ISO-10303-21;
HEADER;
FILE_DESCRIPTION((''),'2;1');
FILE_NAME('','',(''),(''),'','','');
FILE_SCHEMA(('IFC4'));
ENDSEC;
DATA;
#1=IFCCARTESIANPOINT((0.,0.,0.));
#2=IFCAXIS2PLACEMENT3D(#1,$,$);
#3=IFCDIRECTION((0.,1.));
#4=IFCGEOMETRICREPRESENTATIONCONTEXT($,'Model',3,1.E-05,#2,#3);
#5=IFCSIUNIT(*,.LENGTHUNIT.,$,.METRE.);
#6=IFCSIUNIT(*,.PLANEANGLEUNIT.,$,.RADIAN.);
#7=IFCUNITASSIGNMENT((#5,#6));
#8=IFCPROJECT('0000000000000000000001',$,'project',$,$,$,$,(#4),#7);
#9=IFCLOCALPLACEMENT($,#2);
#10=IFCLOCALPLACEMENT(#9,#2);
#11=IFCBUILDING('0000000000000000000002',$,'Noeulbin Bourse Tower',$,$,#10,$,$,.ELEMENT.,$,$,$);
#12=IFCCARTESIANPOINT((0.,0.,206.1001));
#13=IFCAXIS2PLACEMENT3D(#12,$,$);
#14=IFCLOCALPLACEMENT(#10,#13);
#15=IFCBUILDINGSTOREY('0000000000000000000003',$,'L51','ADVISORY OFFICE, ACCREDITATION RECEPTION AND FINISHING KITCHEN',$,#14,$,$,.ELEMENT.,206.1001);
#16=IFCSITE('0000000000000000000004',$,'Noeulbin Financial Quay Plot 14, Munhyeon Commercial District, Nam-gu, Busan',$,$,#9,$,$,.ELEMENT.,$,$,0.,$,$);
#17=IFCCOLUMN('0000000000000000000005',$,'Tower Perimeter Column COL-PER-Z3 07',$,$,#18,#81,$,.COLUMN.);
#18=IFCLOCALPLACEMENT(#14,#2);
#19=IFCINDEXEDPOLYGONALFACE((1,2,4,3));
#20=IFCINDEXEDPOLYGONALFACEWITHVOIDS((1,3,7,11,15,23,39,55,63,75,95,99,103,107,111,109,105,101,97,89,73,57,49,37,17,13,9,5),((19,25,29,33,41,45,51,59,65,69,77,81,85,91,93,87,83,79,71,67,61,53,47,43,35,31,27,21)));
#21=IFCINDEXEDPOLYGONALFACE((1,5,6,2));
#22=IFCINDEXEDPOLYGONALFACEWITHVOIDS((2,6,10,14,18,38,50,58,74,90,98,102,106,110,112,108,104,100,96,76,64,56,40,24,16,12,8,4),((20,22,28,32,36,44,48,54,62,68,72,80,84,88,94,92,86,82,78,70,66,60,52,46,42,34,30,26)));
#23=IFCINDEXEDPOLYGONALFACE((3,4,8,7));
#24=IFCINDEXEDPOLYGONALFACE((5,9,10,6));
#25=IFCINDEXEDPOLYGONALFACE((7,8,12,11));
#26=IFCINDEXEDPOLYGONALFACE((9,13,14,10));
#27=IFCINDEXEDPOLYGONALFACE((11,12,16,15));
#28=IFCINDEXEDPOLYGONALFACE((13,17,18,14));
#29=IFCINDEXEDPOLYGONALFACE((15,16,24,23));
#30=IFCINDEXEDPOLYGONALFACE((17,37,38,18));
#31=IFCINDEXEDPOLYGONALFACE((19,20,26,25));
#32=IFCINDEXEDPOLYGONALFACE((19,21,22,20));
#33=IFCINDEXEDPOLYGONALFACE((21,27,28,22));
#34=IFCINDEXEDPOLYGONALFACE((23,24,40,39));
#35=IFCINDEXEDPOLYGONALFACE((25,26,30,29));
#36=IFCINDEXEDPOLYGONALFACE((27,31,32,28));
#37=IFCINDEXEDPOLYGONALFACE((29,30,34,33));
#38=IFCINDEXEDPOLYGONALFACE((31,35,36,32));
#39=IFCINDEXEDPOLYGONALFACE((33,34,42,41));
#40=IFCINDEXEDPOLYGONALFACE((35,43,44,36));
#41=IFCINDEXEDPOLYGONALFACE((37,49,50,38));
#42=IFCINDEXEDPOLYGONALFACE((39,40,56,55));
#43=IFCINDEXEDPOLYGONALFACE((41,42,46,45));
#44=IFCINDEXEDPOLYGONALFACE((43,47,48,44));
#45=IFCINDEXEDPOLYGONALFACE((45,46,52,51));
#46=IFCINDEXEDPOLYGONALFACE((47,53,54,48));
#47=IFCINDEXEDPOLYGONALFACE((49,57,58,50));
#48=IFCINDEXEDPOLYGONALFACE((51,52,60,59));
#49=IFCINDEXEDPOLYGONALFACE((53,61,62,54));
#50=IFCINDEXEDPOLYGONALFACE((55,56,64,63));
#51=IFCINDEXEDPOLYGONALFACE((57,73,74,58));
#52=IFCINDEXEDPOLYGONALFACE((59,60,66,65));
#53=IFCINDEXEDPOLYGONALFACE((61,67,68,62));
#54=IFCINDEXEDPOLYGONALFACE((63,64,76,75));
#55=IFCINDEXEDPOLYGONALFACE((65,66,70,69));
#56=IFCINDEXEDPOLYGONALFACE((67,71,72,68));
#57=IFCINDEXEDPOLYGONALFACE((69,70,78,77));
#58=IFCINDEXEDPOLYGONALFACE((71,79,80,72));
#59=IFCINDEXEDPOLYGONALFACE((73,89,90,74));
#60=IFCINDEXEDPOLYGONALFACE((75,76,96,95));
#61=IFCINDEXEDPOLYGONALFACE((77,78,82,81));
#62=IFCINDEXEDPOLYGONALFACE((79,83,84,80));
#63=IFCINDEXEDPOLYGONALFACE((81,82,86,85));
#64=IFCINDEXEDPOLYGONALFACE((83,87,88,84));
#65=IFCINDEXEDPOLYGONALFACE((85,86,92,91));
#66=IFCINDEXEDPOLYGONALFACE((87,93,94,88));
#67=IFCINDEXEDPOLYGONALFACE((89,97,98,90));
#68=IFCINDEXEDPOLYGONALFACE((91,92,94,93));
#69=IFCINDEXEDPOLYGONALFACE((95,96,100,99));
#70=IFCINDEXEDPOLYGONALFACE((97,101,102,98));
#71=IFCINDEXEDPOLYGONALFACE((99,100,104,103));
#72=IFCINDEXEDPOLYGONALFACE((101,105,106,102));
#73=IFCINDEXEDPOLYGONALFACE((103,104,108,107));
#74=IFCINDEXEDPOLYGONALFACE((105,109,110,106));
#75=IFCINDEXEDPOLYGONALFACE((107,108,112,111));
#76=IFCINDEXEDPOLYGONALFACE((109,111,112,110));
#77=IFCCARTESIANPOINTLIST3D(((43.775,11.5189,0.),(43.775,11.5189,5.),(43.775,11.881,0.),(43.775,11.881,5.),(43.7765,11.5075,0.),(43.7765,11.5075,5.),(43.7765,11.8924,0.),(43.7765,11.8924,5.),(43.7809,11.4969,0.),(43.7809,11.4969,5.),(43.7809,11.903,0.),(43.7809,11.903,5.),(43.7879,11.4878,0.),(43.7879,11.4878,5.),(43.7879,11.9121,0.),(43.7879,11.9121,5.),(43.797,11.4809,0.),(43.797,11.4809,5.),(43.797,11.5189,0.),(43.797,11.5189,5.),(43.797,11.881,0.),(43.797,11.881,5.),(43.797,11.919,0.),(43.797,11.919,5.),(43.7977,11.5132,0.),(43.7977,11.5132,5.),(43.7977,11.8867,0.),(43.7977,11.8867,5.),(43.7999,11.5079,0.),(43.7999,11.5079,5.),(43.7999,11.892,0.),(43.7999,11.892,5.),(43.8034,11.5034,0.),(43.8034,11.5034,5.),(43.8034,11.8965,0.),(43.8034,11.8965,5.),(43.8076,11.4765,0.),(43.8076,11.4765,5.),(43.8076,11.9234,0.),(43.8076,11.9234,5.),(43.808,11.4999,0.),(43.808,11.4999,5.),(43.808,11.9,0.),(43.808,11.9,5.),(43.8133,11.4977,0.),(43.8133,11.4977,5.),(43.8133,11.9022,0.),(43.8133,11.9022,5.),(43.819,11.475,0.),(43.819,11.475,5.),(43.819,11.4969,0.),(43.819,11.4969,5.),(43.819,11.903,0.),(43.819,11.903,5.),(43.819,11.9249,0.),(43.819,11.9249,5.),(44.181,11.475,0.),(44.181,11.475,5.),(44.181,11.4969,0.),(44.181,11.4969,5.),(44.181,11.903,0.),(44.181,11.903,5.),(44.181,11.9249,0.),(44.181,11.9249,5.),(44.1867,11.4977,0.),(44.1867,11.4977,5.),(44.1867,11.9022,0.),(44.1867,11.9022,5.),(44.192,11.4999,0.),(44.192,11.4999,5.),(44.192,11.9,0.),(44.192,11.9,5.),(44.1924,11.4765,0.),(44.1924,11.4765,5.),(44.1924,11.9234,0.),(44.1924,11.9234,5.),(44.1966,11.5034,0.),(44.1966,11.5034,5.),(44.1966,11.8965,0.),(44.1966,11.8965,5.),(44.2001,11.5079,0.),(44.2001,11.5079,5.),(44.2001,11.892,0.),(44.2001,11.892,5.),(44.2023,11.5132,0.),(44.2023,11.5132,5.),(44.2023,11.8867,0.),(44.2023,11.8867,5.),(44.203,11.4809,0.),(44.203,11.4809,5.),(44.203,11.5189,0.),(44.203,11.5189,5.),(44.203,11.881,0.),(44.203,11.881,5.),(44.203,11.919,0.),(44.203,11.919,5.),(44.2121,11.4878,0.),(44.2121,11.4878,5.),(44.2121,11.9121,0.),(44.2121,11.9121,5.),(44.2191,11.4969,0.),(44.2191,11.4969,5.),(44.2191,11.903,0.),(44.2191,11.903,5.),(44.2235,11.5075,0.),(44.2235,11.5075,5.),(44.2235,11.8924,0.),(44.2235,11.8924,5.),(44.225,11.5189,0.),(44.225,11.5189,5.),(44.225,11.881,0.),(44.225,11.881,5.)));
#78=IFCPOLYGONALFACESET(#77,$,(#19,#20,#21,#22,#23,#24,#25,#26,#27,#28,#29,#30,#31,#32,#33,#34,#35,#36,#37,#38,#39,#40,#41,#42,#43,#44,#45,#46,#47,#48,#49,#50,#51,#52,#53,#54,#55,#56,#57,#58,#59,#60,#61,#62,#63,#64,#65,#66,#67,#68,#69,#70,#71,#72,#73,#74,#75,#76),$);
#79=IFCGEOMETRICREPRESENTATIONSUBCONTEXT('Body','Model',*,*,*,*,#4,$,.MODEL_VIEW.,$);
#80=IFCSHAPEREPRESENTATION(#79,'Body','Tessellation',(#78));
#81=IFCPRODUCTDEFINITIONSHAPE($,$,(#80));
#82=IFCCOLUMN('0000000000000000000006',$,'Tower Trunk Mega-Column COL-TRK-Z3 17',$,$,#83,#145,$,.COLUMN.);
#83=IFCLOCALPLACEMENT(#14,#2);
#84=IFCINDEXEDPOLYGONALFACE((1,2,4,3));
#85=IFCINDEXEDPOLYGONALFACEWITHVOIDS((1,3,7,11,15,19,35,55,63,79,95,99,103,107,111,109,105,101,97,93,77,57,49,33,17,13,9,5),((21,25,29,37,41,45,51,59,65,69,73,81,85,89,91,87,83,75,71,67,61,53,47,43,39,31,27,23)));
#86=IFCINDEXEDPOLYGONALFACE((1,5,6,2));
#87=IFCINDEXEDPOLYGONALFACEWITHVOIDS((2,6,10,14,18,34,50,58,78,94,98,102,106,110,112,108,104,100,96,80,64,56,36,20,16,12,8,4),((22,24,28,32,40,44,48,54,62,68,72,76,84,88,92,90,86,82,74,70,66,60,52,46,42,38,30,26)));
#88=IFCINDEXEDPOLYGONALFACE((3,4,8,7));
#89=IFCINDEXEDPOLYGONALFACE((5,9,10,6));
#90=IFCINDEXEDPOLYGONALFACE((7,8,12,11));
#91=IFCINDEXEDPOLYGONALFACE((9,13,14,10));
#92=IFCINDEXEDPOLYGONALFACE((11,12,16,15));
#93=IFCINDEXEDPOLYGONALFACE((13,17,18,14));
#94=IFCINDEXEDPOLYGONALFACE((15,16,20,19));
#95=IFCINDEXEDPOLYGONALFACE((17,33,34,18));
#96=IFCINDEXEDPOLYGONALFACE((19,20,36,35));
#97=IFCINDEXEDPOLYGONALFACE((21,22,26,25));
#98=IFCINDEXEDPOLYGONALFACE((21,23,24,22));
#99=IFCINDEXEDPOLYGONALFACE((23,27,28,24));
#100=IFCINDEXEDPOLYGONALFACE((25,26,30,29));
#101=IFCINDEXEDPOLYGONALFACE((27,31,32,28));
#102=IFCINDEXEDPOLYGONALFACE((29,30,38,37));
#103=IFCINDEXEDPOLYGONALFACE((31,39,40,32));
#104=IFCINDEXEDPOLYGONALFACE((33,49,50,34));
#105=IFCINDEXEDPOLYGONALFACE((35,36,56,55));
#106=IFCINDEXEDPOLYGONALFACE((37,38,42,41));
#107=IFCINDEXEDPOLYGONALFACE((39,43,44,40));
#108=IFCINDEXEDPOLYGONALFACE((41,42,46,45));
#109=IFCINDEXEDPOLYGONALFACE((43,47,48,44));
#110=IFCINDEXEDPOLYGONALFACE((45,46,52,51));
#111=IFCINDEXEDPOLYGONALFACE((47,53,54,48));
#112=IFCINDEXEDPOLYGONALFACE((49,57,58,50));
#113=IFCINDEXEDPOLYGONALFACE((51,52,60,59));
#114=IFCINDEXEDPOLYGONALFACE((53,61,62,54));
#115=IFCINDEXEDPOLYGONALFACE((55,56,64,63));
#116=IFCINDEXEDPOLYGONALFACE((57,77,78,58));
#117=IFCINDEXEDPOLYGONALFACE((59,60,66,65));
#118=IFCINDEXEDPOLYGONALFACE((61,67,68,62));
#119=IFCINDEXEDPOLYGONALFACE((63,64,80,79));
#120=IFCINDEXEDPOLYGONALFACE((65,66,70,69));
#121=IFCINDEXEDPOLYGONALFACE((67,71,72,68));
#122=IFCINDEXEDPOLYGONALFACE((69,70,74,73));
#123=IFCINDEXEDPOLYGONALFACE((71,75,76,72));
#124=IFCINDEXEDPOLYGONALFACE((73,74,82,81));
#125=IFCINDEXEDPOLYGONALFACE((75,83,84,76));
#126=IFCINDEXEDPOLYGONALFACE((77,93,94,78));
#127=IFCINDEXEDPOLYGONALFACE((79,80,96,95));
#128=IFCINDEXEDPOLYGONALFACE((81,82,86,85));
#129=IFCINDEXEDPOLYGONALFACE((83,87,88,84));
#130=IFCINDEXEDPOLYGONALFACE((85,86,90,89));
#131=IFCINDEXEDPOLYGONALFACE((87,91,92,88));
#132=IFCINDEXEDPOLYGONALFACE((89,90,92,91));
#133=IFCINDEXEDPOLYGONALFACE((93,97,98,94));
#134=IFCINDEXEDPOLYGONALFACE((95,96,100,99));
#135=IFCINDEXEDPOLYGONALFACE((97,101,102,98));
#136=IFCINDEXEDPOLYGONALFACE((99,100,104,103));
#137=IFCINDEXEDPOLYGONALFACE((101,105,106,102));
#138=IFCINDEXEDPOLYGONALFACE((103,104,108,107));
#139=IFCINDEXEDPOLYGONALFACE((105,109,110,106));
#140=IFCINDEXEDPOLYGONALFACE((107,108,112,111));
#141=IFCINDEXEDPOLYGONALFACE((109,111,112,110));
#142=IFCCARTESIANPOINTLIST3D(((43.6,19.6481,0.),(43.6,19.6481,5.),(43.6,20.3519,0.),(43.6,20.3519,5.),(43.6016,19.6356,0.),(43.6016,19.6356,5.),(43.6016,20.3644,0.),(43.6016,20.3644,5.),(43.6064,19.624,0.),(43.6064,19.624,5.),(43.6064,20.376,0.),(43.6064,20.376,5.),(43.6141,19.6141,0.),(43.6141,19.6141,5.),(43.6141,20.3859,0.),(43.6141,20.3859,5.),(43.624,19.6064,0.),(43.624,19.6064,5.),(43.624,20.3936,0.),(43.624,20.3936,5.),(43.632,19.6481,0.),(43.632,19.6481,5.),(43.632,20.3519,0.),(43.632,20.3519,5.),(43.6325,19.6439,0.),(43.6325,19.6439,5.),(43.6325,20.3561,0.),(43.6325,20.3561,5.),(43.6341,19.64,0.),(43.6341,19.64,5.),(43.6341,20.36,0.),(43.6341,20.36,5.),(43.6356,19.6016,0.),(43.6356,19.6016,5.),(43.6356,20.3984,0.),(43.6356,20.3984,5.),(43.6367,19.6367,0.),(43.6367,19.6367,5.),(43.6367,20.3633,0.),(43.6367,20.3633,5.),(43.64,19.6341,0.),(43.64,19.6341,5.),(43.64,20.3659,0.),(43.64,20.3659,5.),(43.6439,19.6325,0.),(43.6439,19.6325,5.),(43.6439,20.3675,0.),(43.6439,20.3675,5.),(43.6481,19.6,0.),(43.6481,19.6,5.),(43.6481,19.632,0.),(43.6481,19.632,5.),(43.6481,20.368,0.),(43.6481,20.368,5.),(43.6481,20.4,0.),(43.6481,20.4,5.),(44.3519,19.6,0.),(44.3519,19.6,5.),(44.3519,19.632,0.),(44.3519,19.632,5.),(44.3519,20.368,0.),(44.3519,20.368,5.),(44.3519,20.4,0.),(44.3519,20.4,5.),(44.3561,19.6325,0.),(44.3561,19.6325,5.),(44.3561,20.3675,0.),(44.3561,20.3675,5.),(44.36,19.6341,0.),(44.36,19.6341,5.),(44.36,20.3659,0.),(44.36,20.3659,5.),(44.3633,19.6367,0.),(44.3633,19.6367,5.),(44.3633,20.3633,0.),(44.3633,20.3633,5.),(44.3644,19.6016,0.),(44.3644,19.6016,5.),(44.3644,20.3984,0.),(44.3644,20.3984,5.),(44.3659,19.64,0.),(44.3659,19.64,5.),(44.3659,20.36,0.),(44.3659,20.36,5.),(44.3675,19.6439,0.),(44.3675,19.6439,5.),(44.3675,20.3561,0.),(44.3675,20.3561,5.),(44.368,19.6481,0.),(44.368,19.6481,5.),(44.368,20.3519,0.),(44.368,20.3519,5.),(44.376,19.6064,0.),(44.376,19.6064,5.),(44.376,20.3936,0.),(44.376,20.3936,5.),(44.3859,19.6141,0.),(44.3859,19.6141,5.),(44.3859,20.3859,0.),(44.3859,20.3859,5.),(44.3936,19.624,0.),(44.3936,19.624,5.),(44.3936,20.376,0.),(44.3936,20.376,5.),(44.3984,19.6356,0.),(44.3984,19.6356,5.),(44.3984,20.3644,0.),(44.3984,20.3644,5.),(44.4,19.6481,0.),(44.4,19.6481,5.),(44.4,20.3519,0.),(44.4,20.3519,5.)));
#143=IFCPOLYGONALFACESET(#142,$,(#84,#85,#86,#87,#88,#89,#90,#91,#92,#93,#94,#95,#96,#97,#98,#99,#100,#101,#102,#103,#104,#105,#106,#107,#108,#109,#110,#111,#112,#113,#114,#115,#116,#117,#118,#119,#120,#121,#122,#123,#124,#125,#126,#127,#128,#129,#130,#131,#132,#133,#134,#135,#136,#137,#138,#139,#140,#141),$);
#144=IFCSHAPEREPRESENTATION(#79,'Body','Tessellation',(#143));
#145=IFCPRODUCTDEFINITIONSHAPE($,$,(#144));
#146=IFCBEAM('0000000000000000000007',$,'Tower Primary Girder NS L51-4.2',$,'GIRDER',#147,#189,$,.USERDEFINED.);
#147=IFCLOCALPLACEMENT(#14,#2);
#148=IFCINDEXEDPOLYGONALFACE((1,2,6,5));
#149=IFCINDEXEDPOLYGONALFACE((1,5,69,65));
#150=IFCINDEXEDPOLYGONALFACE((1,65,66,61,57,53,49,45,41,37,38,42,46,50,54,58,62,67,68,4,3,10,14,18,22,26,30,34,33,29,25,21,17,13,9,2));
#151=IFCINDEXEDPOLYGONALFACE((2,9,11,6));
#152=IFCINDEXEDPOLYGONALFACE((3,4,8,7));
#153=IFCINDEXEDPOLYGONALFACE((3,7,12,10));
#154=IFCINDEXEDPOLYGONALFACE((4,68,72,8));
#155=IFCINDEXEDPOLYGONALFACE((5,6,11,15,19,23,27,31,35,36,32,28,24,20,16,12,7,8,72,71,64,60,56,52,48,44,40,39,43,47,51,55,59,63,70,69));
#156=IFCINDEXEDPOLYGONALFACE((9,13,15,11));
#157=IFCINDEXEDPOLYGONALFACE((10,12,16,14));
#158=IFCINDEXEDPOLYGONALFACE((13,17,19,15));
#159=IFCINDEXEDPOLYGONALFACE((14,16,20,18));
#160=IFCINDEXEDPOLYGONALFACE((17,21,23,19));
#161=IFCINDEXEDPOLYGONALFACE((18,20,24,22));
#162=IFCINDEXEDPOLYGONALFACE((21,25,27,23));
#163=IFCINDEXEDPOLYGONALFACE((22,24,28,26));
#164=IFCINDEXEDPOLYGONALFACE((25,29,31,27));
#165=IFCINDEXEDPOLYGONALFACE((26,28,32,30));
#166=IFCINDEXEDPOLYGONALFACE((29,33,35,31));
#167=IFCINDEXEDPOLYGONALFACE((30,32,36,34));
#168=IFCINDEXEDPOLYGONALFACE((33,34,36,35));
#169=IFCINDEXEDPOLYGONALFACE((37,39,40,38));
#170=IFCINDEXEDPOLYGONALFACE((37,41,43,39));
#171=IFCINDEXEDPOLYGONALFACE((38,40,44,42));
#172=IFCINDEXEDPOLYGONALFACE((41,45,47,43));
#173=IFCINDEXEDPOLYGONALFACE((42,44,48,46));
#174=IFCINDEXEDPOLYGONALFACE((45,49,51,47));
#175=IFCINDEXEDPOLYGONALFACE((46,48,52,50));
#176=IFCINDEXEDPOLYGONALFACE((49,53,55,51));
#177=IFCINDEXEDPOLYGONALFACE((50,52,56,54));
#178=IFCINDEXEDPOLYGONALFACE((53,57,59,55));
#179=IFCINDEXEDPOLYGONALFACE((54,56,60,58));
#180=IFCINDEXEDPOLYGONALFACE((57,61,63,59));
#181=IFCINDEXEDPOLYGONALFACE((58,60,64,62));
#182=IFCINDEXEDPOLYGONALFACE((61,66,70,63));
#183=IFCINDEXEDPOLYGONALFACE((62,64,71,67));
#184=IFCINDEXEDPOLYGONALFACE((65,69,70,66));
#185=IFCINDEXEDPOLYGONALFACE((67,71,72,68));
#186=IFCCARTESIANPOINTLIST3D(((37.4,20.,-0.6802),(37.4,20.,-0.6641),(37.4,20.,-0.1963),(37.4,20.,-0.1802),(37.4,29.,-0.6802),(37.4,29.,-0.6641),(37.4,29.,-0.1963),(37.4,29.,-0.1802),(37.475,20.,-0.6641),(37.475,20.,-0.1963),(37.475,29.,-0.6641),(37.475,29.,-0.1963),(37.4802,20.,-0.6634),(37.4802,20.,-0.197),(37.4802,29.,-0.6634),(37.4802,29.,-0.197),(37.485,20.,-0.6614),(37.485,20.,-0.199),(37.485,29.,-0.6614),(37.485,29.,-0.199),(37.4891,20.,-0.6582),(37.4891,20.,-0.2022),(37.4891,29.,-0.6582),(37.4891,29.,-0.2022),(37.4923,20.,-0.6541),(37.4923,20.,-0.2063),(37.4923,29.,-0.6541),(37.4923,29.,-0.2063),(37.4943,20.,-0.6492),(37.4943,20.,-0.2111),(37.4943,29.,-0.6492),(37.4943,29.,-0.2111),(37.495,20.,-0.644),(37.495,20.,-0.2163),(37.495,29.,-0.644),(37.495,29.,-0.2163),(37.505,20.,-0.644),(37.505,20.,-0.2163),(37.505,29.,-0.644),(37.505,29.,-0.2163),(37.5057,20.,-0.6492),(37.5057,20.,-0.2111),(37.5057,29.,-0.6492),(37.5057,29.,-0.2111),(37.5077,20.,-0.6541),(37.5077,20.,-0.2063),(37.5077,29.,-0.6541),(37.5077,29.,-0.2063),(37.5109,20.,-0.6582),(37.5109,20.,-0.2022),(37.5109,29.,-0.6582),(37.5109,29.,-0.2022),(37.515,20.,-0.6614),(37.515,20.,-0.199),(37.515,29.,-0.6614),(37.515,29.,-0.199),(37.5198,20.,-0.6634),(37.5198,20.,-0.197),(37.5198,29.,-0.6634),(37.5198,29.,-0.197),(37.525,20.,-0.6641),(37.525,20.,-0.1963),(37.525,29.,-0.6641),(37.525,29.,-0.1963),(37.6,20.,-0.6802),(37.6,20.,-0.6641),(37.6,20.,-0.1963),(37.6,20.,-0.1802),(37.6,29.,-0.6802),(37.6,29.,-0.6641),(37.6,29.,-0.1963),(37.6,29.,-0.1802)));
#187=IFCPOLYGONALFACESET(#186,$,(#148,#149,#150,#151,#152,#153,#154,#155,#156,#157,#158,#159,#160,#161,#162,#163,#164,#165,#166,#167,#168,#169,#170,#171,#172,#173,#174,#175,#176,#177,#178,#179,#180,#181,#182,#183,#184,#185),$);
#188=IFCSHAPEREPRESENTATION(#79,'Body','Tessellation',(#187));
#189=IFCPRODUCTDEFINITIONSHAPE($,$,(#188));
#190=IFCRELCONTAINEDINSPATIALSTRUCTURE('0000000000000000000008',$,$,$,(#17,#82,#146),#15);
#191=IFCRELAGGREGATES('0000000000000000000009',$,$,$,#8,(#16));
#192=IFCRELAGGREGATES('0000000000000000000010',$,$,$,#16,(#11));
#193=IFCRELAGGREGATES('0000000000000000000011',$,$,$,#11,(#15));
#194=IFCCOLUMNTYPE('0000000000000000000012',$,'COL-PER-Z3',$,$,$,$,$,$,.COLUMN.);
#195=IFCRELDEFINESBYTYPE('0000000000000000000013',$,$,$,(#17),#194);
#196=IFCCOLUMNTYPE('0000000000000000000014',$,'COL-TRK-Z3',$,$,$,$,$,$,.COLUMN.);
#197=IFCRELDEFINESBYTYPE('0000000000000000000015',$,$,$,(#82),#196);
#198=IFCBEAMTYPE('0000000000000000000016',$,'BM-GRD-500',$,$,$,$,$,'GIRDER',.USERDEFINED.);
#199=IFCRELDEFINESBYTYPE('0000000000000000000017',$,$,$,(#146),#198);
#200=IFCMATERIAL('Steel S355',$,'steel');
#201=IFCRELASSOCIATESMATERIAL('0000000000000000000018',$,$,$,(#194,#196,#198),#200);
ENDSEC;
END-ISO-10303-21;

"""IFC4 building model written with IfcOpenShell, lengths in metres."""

from ifc_helpers import new_model, si_unit, direction, frame, origin, origin_2d, place, context, subcontext, project, spatial, hollow_rectangle, i_section, extrude, material, material_profile, profile_set, type_object, element, save


model = new_model("IFC4")

# Units and contexts
model_context = context("Model", 3, precision=1e-05, world=origin(), true_north=direction((0.0, 1.0)))
body_context = subcontext(model_context, "Body", "Model", "MODEL_VIEW")
ifc_project = project(units=[si_unit("LENGTHUNIT", "METRE"), si_unit("PLANEANGLEUNIT", "RADIAN")], contexts=[model_context])

# Site, building, storey
site_placement = place(None, origin())
site = spatial("IfcSite", under=ifc_project, at=site_placement, Name="Noeulbin Financial Quay Plot 14, Munhyeon Commercial District, Nam-gu, Busan", CompositionType="ELEMENT", RefElevation=0.0)
building_placement = place(site_placement, origin())
building = spatial("IfcBuilding", under=site, at=building_placement, Name="Noeulbin Bourse Tower", CompositionType="ELEMENT")
storey_placement = place(building_placement, frame((0.0, 0.0, 206.1001)))
storey = spatial("IfcBuildingStorey", under=building, at=storey_placement, Name="L51", Description="ADVISORY OFFICE, ACCREDITATION RECEPTION AND FINISHING KITCHEN", CompositionType="ELEMENT", Elevation=206.1001)

# Columns
ifc_material_1 = material(Name="Steel S355", Category="steel")
ifc_material_profile_1 = material_profile(ifc_material_1, hollow_rectangle(XDim=0.45, YDim=0.45, WallThickness=0.022, InnerFilletRadius=0.022, OuterFilletRadius=0.0439, at=origin_2d()), Name="SHS-450x450x22", Category="LoadBearing")
ifc_profile_set_1 = profile_set([ifc_material_profile_1], Name="Steel S355")
column_type_1 = type_object("IfcColumnType", Name="COL-PER-Z3", PredefinedType="COLUMN", material=ifc_profile_set_1)
column_1_placement = place(storey_placement, frame((44.0, 11.7, 0.0), z_axis=(0.0, 0.0, 1.0), x_axis=(1.0, 0.0, 0.0)))
element("IfcColumn", 1, at=column_1_placement, inside=storey, type_object=column_type_1, Name="Tower Perimeter Column COL-PER-Z3 07", PredefinedType="COLUMN", context=body_context, shape_type="SweptSolid", body=[
    extrude(hollow_rectangle(XDim=0.45, YDim=0.45, WallThickness=0.022, InnerFilletRadius=0.022, OuterFilletRadius=0.0439, at=origin_2d()), origin(), (0.0, 0.0, 1.0), 5.0),
])
ifc_material_profile_2 = material_profile(ifc_material_1, hollow_rectangle(XDim=0.8, YDim=0.8, WallThickness=0.032, InnerFilletRadius=0.0161, OuterFilletRadius=0.0481, at=origin_2d()), Name="BOX-800x800x32", Category="LoadBearing")
ifc_profile_set_2 = profile_set([ifc_material_profile_2], Name="Steel S355")
column_type_2 = type_object("IfcColumnType", Name="COL-TRK-Z3", PredefinedType="COLUMN", material=ifc_profile_set_2)
column_2_placement = place(storey_placement, frame((44.0, 20.0, 0.0), z_axis=(0.0, 0.0, 1.0), x_axis=(1.0, 0.0, 0.0)))
element("IfcColumn", 2, at=column_2_placement, inside=storey, type_object=column_type_2, Name="Tower Trunk Mega-Column COL-TRK-Z3 17", PredefinedType="COLUMN", context=body_context, shape_type="SweptSolid", body=[
    extrude(hollow_rectangle(XDim=0.8, YDim=0.8, WallThickness=0.032, InnerFilletRadius=0.0161, OuterFilletRadius=0.0481, at=origin_2d()), origin(), (0.0, 0.0, 1.0), 5.0),
])

# Beam
ifc_material_profile_3 = material_profile(ifc_material_1, i_section(OverallWidth=0.2, OverallDepth=0.5, WebThickness=0.01, FlangeThickness=0.0161, FilletRadius=0.02, at=origin_2d()), Name="H-500x200x10x16", Category="LoadBearing")
ifc_profile_set_3 = profile_set([ifc_material_profile_3], Name="Steel S355")
beam_type_1 = type_object("IfcBeamType", Name="BM-GRD-500", ElementType="GIRDER", PredefinedType="USERDEFINED", material=ifc_profile_set_3)
beam_1_placement = place(storey_placement, frame((37.5, 20.0, -0.4302), z_axis=(0.0, 1.0, 0.0), x_axis=(-1.0, 0.0, 0.0)))
element("IfcBeam", 3, at=beam_1_placement, inside=storey, type_object=beam_type_1, Name="Tower Primary Girder NS L51-4.2", ObjectType="GIRDER", PredefinedType="USERDEFINED", context=body_context, shape_type="SweptSolid", body=[
    extrude(i_section(OverallWidth=0.2, OverallDepth=0.5, WebThickness=0.01, FlangeThickness=0.0161, FilletRadius=0.02, at=origin_2d()), origin(), (0.0, 0.0, 1.0), 9.0),
])

save(model, "model.ifc")
